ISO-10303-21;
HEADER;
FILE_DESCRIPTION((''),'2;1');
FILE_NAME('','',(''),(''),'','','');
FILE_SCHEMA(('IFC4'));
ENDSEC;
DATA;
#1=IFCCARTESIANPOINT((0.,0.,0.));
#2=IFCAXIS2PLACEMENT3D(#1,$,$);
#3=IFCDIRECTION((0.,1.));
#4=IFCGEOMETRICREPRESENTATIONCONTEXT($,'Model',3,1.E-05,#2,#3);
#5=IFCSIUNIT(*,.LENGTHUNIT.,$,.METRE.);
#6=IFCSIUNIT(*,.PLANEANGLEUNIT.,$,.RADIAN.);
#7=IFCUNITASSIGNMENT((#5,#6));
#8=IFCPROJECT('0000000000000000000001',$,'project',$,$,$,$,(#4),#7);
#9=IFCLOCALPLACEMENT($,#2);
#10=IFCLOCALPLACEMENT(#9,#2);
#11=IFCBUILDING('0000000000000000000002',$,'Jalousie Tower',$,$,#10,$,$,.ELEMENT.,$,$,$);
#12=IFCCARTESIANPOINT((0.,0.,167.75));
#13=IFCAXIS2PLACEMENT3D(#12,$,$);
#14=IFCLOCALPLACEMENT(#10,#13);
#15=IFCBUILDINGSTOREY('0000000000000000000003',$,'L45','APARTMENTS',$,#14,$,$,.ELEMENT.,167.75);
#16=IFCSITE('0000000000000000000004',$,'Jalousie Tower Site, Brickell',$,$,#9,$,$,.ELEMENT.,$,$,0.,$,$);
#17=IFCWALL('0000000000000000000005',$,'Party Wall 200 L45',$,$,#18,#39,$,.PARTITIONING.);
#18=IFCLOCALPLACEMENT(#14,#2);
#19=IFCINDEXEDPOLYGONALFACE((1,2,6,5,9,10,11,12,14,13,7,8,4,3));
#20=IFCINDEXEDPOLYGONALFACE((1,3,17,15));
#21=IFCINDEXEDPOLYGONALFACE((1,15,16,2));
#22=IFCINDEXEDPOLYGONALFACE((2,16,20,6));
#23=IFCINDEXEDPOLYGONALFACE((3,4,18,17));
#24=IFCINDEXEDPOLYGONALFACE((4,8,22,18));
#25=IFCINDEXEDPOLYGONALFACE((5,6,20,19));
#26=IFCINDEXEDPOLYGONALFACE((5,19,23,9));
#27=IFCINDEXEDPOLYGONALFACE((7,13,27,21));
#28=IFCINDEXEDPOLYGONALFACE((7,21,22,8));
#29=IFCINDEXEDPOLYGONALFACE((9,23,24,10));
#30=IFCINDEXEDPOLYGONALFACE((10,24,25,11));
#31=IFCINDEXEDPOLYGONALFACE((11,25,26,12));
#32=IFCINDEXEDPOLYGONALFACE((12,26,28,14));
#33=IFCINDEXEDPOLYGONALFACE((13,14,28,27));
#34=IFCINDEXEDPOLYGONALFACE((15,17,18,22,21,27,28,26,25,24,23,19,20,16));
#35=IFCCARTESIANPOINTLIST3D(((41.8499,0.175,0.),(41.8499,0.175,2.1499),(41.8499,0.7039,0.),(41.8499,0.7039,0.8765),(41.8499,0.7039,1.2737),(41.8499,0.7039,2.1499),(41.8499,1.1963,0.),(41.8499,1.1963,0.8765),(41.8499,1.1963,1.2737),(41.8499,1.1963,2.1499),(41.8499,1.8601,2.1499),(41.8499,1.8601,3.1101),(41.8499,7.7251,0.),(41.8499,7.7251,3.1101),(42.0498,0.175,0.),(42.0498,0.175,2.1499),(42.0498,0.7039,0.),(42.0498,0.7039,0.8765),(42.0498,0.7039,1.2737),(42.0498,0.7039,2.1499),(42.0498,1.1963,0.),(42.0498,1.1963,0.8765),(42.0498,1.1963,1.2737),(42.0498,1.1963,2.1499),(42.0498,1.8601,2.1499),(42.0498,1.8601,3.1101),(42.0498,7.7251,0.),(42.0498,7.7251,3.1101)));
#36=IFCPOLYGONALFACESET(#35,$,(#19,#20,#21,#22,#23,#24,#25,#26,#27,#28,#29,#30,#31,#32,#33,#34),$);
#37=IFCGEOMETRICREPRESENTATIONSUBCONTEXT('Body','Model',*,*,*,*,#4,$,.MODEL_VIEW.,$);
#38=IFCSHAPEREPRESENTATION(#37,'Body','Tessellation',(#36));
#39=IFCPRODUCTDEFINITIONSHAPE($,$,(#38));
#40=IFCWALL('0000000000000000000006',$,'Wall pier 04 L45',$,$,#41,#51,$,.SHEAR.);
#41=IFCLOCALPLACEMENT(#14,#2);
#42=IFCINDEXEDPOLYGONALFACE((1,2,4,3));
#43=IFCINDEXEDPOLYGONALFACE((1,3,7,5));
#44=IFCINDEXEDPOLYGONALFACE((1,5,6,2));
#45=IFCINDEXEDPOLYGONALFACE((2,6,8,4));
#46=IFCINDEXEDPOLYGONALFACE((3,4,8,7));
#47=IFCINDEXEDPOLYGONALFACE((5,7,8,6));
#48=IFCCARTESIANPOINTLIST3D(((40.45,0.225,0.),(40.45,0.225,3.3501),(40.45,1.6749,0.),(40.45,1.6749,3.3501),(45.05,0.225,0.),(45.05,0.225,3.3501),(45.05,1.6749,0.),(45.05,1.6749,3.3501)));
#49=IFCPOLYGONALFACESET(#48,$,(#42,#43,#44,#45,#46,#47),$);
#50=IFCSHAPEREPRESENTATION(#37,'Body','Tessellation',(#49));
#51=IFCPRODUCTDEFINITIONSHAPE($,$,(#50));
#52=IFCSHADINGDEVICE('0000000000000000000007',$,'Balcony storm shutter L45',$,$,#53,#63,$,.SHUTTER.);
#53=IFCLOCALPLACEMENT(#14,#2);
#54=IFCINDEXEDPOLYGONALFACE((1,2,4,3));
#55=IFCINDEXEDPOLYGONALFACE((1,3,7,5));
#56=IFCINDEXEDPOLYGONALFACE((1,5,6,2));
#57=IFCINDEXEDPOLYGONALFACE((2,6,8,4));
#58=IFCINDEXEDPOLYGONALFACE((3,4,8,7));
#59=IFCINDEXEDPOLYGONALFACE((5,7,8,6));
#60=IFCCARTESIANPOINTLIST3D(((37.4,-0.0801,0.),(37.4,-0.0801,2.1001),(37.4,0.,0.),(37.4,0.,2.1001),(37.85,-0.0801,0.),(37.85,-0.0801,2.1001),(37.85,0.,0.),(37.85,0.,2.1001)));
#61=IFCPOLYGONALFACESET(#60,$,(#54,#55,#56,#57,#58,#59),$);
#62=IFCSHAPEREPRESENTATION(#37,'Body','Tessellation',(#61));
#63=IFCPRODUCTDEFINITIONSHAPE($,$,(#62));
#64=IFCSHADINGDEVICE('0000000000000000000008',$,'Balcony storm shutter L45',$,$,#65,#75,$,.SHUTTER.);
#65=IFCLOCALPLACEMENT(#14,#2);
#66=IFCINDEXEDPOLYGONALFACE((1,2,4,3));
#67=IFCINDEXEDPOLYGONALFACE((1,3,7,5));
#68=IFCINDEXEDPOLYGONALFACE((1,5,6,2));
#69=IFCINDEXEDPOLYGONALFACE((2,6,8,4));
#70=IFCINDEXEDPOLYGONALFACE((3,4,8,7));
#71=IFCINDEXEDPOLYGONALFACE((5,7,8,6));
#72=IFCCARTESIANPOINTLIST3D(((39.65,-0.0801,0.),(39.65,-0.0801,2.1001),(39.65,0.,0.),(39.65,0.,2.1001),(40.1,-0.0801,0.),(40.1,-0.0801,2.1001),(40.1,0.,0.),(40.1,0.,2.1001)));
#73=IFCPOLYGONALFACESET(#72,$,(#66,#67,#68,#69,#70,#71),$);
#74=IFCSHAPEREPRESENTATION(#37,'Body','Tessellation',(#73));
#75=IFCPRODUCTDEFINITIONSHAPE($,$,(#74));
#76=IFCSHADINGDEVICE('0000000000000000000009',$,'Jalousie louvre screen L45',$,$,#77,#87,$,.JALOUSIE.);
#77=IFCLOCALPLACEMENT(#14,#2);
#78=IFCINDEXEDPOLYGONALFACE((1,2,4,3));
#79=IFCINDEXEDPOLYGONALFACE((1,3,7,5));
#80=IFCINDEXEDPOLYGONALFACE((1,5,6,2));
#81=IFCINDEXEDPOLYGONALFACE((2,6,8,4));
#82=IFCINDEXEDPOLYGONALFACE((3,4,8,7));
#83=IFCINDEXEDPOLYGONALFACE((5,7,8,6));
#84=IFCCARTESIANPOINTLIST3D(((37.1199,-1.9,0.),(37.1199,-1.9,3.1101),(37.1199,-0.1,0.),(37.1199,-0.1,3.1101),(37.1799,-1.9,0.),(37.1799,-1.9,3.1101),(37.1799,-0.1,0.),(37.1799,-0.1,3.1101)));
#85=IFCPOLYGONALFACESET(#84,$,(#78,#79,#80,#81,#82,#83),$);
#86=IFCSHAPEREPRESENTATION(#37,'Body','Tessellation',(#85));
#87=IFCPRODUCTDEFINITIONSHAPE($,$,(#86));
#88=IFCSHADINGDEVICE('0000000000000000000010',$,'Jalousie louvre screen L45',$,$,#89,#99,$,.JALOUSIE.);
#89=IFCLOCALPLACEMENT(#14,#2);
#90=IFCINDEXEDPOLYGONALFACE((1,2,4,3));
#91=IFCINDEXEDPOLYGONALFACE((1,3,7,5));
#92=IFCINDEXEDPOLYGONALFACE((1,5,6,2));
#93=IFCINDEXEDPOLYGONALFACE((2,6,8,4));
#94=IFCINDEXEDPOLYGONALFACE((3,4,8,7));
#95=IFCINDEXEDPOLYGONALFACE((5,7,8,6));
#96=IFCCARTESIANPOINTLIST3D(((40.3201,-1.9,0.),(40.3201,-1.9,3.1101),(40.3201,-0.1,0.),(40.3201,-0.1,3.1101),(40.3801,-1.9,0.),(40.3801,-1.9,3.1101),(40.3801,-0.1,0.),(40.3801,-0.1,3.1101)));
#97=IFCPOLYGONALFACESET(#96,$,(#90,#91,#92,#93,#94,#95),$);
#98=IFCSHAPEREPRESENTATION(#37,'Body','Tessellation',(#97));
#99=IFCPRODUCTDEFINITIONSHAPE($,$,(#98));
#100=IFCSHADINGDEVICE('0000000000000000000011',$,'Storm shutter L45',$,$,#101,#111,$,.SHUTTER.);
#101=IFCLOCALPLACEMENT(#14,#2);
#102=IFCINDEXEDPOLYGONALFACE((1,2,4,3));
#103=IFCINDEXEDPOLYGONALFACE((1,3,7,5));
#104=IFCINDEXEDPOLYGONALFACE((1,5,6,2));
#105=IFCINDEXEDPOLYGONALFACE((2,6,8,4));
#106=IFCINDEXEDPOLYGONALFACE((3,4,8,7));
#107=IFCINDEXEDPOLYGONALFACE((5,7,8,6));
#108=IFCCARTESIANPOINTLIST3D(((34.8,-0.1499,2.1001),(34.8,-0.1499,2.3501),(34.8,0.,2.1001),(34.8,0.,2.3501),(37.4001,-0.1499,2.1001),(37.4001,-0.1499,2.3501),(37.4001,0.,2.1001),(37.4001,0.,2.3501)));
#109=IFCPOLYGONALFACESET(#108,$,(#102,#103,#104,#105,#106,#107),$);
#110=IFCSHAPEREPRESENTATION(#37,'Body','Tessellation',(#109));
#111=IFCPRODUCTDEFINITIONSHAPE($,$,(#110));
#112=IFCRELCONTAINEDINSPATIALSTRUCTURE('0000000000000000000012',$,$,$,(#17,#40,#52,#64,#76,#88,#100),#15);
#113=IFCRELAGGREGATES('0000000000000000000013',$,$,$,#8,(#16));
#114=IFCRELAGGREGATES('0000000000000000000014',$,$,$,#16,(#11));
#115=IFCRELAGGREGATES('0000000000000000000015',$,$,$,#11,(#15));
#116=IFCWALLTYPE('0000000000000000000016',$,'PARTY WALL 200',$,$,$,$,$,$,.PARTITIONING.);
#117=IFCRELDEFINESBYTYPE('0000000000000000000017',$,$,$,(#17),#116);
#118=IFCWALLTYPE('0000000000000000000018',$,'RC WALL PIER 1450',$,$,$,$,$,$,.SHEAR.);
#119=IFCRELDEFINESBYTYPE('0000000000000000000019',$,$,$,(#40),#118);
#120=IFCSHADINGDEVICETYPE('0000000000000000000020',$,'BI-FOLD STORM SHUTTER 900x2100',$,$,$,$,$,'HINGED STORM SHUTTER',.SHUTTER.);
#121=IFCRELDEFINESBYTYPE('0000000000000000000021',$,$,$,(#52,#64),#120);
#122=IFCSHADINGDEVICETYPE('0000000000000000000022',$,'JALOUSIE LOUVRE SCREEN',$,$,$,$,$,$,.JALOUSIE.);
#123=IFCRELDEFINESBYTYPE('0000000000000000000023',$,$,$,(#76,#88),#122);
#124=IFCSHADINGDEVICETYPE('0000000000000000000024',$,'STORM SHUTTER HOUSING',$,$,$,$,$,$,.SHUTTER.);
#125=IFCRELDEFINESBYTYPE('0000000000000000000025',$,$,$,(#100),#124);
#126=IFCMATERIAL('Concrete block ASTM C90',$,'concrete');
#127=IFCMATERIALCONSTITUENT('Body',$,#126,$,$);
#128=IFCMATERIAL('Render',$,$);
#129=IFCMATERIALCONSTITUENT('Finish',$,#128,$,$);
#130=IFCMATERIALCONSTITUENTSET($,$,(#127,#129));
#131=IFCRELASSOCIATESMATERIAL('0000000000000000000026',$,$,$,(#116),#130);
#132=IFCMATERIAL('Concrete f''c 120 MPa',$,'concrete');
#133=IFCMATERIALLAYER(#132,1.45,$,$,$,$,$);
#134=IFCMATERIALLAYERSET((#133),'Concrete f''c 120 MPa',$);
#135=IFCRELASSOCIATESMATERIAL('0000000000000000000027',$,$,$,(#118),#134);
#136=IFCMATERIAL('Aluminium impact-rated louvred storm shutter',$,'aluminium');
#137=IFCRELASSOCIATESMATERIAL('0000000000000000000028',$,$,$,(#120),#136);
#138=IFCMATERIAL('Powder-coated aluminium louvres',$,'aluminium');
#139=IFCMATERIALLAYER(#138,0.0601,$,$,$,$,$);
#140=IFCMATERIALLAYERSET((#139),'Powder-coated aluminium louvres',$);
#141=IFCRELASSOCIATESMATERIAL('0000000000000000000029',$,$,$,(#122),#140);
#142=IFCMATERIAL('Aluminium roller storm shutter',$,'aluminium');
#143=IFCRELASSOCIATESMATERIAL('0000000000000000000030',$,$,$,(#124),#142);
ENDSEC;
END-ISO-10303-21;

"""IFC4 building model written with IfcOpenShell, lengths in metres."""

from ifc_helpers import new_model, si_unit, direction, frame, frame_2d, origin, origin_2d, place, context, subcontext, project, spatial, polyline, rectangle, outline, extrude, material, layer, layer_set, constituent, constituent_set, type_object, element, save


model = new_model("IFC4")

# Units and contexts
model_context = context("Model", 3, precision=1e-05, world=origin(), true_north=direction((0.0, 1.0)))
body_context = subcontext(model_context, "Body", "Model", "MODEL_VIEW")
ifc_project = project(units=[si_unit("LENGTHUNIT", "METRE"), si_unit("PLANEANGLEUNIT", "RADIAN")], contexts=[model_context])

# Site, building, storey
site_placement = place(None, origin())
site = spatial("IfcSite", under=ifc_project, at=site_placement, Name="Jalousie Tower Site, Brickell", CompositionType="ELEMENT", RefElevation=0.0)
building_placement = place(site_placement, origin())
building = spatial("IfcBuilding", under=site, at=building_placement, Name="Jalousie Tower", CompositionType="ELEMENT")
storey_placement = place(building_placement, frame((0.0, 0.0, 167.75)))
storey = spatial("IfcBuildingStorey", under=building, at=storey_placement, Name="L45", Description="APARTMENTS", CompositionType="ELEMENT", Elevation=167.75)

# Walls
ifc_material_1 = material(Name="Concrete block ASTM C90", Category="concrete")
ifc_constituent_1 = constituent(ifc_material_1, Name="Body")
ifc_material_2 = material(Name="Render")
ifc_constituent_2 = constituent(ifc_material_2, Name="Finish")
ifc_constituent_set_1 = constituent_set(constituents=[ifc_constituent_1, ifc_constituent_2])
wall_type_1 = type_object("IfcWallType", Name="PARTY WALL 200", PredefinedType="PARTITIONING", material=ifc_constituent_set_1)
wall_1_placement = place(storey_placement, frame((41.95, 0.175, 0.0), z_axis=(0.0, 0.0, 1.0), x_axis=(0.0, 1.0, 0.0)))
element("IfcWall", 1, at=wall_1_placement, inside=storey, type_object=wall_type_1, Name="Party Wall 200 L45", PredefinedType="PARTITIONING", context=body_context, shape_type="SweptSolid", body=[
    extrude(outline(polyline([(0.5288, 2.1499), (0.0, 2.1499), (0.0, 0.0), (0.5288, 0.0), (0.5288, 0.8765), (1.0212, 0.8765), (1.0212, 0.0), (7.55, 0.0), (7.55, 3.1101), (1.6851, 3.1101), (1.6851, 2.1499), (1.0212, 2.1499), (1.0212, 1.2737), (0.5288, 1.2737), (0.5288, 2.1499)])), frame((0.0, 0.1001, 0.0), z_axis=(0.0, -1.0, 0.0), x_axis=(1.0, 0.0, 0.0)), (0.0, 0.0, 1.0), 0.2),
])
ifc_material_3 = material(Name="Concrete f'c 120 MPa", Category="concrete")
ifc_layer_1 = layer(ifc_material_3, 1.45)
ifc_layer_set_1 = layer_set([ifc_layer_1], Name="Concrete f'c 120 MPa")
wall_type_2 = type_object("IfcWallType", Name="RC WALL PIER 1450", PredefinedType="SHEAR", material=ifc_layer_set_1)
wall_2_placement = place(storey_placement, frame((40.45, 0.95, 0.0), z_axis=(0.0, 0.0, 1.0), x_axis=(1.0, 0.0, 0.0)))
element("IfcWall", 2, at=wall_2_placement, inside=storey, type_object=wall_type_2, Name="Wall pier 04 L45", PredefinedType="SHEAR", context=body_context, shape_type="SweptSolid", body=[
    extrude(rectangle(XDim=4.6001, YDim=1.45, at=frame_2d((2.3, 0.0))), origin(), (0.0, 0.0, 1.0), 3.3501),
])

# Shading devices
ifc_material_4 = material(Name="Aluminium impact-rated louvred storm shutter", Category="aluminium")
shading_device_type_1 = type_object("IfcShadingDeviceType", Name="BI-FOLD STORM SHUTTER 900x2100", ElementType="HINGED STORM SHUTTER", PredefinedType="SHUTTER", material=ifc_material_4)
for number, where, z_axis, x_axis, name in (
    (3, (37.625, -0.04, 0.0), (0.0, 0.0, 1.0), (1.0, 0.0, 0.0), "Balcony storm shutter L45"),
    (4, (39.875, -0.04, 0.0), (0.0, 0.0, 1.0), (1.0, 0.0, 0.0), "Balcony storm shutter L45"),
):
    element("IfcShadingDevice", number, at=place(storey_placement, frame(where, z_axis=z_axis, x_axis=x_axis)), inside=storey, type_object=shading_device_type_1, Name=name, PredefinedType="SHUTTER", context=body_context, shape_type="SweptSolid", body=[
        extrude(rectangle(XDim=0.45, YDim=0.0801, at=origin_2d()), origin(), (0.0, 0.0, 1.0), 2.1001),
    ])

# Shading devices
ifc_material_5 = material(Name="Powder-coated aluminium louvres", Category="aluminium")
ifc_layer_2 = layer(ifc_material_5, 0.0601)
ifc_layer_set_2 = layer_set([ifc_layer_2], Name="Powder-coated aluminium louvres")
shading_device_type_2 = type_object("IfcShadingDeviceType", Name="JALOUSIE LOUVRE SCREEN", PredefinedType="JALOUSIE", material=ifc_layer_set_2)
for number, where, z_axis, x_axis, name in (
    (5, (37.1499, -1.0, 0.0), (0.0, 0.0, 1.0), (1.0, 0.0, 0.0), "Jalousie louvre screen L45"),
    (6, (40.3501, -1.0, 0.0), (0.0, 0.0, 1.0), (1.0, 0.0, 0.0), "Jalousie louvre screen L45"),
):
    element("IfcShadingDevice", number, at=place(storey_placement, frame(where, z_axis=z_axis, x_axis=x_axis)), inside=storey, type_object=shading_device_type_2, Name=name, PredefinedType="JALOUSIE", context=body_context, shape_type="SweptSolid", body=[
        extrude(rectangle(XDim=0.0601, YDim=1.8, at=origin_2d()), origin(), (0.0, 0.0, 1.0), 3.1101),
    ])
ifc_material_6 = material(Name="Aluminium roller storm shutter", Category="aluminium")
shading_device_type_3 = type_object("IfcShadingDeviceType", Name="STORM SHUTTER HOUSING", PredefinedType="SHUTTER", material=ifc_material_6)
shading_device_placement = place(storey_placement, frame((36.1001, -0.075, 2.1001), z_axis=(0.0, 0.0, 1.0), x_axis=(1.0, 0.0, 0.0)))
element("IfcShadingDevice", 7, at=shading_device_placement, inside=storey, type_object=shading_device_type_3, Name="Storm shutter L45", PredefinedType="SHUTTER", context=body_context, shape_type="SweptSolid", body=[
    extrude(rectangle(XDim=2.6001, YDim=0.1499, at=origin_2d()), origin(), (0.0, 0.0, 1.0), 0.25),
])

save(model, "model.ifc")
